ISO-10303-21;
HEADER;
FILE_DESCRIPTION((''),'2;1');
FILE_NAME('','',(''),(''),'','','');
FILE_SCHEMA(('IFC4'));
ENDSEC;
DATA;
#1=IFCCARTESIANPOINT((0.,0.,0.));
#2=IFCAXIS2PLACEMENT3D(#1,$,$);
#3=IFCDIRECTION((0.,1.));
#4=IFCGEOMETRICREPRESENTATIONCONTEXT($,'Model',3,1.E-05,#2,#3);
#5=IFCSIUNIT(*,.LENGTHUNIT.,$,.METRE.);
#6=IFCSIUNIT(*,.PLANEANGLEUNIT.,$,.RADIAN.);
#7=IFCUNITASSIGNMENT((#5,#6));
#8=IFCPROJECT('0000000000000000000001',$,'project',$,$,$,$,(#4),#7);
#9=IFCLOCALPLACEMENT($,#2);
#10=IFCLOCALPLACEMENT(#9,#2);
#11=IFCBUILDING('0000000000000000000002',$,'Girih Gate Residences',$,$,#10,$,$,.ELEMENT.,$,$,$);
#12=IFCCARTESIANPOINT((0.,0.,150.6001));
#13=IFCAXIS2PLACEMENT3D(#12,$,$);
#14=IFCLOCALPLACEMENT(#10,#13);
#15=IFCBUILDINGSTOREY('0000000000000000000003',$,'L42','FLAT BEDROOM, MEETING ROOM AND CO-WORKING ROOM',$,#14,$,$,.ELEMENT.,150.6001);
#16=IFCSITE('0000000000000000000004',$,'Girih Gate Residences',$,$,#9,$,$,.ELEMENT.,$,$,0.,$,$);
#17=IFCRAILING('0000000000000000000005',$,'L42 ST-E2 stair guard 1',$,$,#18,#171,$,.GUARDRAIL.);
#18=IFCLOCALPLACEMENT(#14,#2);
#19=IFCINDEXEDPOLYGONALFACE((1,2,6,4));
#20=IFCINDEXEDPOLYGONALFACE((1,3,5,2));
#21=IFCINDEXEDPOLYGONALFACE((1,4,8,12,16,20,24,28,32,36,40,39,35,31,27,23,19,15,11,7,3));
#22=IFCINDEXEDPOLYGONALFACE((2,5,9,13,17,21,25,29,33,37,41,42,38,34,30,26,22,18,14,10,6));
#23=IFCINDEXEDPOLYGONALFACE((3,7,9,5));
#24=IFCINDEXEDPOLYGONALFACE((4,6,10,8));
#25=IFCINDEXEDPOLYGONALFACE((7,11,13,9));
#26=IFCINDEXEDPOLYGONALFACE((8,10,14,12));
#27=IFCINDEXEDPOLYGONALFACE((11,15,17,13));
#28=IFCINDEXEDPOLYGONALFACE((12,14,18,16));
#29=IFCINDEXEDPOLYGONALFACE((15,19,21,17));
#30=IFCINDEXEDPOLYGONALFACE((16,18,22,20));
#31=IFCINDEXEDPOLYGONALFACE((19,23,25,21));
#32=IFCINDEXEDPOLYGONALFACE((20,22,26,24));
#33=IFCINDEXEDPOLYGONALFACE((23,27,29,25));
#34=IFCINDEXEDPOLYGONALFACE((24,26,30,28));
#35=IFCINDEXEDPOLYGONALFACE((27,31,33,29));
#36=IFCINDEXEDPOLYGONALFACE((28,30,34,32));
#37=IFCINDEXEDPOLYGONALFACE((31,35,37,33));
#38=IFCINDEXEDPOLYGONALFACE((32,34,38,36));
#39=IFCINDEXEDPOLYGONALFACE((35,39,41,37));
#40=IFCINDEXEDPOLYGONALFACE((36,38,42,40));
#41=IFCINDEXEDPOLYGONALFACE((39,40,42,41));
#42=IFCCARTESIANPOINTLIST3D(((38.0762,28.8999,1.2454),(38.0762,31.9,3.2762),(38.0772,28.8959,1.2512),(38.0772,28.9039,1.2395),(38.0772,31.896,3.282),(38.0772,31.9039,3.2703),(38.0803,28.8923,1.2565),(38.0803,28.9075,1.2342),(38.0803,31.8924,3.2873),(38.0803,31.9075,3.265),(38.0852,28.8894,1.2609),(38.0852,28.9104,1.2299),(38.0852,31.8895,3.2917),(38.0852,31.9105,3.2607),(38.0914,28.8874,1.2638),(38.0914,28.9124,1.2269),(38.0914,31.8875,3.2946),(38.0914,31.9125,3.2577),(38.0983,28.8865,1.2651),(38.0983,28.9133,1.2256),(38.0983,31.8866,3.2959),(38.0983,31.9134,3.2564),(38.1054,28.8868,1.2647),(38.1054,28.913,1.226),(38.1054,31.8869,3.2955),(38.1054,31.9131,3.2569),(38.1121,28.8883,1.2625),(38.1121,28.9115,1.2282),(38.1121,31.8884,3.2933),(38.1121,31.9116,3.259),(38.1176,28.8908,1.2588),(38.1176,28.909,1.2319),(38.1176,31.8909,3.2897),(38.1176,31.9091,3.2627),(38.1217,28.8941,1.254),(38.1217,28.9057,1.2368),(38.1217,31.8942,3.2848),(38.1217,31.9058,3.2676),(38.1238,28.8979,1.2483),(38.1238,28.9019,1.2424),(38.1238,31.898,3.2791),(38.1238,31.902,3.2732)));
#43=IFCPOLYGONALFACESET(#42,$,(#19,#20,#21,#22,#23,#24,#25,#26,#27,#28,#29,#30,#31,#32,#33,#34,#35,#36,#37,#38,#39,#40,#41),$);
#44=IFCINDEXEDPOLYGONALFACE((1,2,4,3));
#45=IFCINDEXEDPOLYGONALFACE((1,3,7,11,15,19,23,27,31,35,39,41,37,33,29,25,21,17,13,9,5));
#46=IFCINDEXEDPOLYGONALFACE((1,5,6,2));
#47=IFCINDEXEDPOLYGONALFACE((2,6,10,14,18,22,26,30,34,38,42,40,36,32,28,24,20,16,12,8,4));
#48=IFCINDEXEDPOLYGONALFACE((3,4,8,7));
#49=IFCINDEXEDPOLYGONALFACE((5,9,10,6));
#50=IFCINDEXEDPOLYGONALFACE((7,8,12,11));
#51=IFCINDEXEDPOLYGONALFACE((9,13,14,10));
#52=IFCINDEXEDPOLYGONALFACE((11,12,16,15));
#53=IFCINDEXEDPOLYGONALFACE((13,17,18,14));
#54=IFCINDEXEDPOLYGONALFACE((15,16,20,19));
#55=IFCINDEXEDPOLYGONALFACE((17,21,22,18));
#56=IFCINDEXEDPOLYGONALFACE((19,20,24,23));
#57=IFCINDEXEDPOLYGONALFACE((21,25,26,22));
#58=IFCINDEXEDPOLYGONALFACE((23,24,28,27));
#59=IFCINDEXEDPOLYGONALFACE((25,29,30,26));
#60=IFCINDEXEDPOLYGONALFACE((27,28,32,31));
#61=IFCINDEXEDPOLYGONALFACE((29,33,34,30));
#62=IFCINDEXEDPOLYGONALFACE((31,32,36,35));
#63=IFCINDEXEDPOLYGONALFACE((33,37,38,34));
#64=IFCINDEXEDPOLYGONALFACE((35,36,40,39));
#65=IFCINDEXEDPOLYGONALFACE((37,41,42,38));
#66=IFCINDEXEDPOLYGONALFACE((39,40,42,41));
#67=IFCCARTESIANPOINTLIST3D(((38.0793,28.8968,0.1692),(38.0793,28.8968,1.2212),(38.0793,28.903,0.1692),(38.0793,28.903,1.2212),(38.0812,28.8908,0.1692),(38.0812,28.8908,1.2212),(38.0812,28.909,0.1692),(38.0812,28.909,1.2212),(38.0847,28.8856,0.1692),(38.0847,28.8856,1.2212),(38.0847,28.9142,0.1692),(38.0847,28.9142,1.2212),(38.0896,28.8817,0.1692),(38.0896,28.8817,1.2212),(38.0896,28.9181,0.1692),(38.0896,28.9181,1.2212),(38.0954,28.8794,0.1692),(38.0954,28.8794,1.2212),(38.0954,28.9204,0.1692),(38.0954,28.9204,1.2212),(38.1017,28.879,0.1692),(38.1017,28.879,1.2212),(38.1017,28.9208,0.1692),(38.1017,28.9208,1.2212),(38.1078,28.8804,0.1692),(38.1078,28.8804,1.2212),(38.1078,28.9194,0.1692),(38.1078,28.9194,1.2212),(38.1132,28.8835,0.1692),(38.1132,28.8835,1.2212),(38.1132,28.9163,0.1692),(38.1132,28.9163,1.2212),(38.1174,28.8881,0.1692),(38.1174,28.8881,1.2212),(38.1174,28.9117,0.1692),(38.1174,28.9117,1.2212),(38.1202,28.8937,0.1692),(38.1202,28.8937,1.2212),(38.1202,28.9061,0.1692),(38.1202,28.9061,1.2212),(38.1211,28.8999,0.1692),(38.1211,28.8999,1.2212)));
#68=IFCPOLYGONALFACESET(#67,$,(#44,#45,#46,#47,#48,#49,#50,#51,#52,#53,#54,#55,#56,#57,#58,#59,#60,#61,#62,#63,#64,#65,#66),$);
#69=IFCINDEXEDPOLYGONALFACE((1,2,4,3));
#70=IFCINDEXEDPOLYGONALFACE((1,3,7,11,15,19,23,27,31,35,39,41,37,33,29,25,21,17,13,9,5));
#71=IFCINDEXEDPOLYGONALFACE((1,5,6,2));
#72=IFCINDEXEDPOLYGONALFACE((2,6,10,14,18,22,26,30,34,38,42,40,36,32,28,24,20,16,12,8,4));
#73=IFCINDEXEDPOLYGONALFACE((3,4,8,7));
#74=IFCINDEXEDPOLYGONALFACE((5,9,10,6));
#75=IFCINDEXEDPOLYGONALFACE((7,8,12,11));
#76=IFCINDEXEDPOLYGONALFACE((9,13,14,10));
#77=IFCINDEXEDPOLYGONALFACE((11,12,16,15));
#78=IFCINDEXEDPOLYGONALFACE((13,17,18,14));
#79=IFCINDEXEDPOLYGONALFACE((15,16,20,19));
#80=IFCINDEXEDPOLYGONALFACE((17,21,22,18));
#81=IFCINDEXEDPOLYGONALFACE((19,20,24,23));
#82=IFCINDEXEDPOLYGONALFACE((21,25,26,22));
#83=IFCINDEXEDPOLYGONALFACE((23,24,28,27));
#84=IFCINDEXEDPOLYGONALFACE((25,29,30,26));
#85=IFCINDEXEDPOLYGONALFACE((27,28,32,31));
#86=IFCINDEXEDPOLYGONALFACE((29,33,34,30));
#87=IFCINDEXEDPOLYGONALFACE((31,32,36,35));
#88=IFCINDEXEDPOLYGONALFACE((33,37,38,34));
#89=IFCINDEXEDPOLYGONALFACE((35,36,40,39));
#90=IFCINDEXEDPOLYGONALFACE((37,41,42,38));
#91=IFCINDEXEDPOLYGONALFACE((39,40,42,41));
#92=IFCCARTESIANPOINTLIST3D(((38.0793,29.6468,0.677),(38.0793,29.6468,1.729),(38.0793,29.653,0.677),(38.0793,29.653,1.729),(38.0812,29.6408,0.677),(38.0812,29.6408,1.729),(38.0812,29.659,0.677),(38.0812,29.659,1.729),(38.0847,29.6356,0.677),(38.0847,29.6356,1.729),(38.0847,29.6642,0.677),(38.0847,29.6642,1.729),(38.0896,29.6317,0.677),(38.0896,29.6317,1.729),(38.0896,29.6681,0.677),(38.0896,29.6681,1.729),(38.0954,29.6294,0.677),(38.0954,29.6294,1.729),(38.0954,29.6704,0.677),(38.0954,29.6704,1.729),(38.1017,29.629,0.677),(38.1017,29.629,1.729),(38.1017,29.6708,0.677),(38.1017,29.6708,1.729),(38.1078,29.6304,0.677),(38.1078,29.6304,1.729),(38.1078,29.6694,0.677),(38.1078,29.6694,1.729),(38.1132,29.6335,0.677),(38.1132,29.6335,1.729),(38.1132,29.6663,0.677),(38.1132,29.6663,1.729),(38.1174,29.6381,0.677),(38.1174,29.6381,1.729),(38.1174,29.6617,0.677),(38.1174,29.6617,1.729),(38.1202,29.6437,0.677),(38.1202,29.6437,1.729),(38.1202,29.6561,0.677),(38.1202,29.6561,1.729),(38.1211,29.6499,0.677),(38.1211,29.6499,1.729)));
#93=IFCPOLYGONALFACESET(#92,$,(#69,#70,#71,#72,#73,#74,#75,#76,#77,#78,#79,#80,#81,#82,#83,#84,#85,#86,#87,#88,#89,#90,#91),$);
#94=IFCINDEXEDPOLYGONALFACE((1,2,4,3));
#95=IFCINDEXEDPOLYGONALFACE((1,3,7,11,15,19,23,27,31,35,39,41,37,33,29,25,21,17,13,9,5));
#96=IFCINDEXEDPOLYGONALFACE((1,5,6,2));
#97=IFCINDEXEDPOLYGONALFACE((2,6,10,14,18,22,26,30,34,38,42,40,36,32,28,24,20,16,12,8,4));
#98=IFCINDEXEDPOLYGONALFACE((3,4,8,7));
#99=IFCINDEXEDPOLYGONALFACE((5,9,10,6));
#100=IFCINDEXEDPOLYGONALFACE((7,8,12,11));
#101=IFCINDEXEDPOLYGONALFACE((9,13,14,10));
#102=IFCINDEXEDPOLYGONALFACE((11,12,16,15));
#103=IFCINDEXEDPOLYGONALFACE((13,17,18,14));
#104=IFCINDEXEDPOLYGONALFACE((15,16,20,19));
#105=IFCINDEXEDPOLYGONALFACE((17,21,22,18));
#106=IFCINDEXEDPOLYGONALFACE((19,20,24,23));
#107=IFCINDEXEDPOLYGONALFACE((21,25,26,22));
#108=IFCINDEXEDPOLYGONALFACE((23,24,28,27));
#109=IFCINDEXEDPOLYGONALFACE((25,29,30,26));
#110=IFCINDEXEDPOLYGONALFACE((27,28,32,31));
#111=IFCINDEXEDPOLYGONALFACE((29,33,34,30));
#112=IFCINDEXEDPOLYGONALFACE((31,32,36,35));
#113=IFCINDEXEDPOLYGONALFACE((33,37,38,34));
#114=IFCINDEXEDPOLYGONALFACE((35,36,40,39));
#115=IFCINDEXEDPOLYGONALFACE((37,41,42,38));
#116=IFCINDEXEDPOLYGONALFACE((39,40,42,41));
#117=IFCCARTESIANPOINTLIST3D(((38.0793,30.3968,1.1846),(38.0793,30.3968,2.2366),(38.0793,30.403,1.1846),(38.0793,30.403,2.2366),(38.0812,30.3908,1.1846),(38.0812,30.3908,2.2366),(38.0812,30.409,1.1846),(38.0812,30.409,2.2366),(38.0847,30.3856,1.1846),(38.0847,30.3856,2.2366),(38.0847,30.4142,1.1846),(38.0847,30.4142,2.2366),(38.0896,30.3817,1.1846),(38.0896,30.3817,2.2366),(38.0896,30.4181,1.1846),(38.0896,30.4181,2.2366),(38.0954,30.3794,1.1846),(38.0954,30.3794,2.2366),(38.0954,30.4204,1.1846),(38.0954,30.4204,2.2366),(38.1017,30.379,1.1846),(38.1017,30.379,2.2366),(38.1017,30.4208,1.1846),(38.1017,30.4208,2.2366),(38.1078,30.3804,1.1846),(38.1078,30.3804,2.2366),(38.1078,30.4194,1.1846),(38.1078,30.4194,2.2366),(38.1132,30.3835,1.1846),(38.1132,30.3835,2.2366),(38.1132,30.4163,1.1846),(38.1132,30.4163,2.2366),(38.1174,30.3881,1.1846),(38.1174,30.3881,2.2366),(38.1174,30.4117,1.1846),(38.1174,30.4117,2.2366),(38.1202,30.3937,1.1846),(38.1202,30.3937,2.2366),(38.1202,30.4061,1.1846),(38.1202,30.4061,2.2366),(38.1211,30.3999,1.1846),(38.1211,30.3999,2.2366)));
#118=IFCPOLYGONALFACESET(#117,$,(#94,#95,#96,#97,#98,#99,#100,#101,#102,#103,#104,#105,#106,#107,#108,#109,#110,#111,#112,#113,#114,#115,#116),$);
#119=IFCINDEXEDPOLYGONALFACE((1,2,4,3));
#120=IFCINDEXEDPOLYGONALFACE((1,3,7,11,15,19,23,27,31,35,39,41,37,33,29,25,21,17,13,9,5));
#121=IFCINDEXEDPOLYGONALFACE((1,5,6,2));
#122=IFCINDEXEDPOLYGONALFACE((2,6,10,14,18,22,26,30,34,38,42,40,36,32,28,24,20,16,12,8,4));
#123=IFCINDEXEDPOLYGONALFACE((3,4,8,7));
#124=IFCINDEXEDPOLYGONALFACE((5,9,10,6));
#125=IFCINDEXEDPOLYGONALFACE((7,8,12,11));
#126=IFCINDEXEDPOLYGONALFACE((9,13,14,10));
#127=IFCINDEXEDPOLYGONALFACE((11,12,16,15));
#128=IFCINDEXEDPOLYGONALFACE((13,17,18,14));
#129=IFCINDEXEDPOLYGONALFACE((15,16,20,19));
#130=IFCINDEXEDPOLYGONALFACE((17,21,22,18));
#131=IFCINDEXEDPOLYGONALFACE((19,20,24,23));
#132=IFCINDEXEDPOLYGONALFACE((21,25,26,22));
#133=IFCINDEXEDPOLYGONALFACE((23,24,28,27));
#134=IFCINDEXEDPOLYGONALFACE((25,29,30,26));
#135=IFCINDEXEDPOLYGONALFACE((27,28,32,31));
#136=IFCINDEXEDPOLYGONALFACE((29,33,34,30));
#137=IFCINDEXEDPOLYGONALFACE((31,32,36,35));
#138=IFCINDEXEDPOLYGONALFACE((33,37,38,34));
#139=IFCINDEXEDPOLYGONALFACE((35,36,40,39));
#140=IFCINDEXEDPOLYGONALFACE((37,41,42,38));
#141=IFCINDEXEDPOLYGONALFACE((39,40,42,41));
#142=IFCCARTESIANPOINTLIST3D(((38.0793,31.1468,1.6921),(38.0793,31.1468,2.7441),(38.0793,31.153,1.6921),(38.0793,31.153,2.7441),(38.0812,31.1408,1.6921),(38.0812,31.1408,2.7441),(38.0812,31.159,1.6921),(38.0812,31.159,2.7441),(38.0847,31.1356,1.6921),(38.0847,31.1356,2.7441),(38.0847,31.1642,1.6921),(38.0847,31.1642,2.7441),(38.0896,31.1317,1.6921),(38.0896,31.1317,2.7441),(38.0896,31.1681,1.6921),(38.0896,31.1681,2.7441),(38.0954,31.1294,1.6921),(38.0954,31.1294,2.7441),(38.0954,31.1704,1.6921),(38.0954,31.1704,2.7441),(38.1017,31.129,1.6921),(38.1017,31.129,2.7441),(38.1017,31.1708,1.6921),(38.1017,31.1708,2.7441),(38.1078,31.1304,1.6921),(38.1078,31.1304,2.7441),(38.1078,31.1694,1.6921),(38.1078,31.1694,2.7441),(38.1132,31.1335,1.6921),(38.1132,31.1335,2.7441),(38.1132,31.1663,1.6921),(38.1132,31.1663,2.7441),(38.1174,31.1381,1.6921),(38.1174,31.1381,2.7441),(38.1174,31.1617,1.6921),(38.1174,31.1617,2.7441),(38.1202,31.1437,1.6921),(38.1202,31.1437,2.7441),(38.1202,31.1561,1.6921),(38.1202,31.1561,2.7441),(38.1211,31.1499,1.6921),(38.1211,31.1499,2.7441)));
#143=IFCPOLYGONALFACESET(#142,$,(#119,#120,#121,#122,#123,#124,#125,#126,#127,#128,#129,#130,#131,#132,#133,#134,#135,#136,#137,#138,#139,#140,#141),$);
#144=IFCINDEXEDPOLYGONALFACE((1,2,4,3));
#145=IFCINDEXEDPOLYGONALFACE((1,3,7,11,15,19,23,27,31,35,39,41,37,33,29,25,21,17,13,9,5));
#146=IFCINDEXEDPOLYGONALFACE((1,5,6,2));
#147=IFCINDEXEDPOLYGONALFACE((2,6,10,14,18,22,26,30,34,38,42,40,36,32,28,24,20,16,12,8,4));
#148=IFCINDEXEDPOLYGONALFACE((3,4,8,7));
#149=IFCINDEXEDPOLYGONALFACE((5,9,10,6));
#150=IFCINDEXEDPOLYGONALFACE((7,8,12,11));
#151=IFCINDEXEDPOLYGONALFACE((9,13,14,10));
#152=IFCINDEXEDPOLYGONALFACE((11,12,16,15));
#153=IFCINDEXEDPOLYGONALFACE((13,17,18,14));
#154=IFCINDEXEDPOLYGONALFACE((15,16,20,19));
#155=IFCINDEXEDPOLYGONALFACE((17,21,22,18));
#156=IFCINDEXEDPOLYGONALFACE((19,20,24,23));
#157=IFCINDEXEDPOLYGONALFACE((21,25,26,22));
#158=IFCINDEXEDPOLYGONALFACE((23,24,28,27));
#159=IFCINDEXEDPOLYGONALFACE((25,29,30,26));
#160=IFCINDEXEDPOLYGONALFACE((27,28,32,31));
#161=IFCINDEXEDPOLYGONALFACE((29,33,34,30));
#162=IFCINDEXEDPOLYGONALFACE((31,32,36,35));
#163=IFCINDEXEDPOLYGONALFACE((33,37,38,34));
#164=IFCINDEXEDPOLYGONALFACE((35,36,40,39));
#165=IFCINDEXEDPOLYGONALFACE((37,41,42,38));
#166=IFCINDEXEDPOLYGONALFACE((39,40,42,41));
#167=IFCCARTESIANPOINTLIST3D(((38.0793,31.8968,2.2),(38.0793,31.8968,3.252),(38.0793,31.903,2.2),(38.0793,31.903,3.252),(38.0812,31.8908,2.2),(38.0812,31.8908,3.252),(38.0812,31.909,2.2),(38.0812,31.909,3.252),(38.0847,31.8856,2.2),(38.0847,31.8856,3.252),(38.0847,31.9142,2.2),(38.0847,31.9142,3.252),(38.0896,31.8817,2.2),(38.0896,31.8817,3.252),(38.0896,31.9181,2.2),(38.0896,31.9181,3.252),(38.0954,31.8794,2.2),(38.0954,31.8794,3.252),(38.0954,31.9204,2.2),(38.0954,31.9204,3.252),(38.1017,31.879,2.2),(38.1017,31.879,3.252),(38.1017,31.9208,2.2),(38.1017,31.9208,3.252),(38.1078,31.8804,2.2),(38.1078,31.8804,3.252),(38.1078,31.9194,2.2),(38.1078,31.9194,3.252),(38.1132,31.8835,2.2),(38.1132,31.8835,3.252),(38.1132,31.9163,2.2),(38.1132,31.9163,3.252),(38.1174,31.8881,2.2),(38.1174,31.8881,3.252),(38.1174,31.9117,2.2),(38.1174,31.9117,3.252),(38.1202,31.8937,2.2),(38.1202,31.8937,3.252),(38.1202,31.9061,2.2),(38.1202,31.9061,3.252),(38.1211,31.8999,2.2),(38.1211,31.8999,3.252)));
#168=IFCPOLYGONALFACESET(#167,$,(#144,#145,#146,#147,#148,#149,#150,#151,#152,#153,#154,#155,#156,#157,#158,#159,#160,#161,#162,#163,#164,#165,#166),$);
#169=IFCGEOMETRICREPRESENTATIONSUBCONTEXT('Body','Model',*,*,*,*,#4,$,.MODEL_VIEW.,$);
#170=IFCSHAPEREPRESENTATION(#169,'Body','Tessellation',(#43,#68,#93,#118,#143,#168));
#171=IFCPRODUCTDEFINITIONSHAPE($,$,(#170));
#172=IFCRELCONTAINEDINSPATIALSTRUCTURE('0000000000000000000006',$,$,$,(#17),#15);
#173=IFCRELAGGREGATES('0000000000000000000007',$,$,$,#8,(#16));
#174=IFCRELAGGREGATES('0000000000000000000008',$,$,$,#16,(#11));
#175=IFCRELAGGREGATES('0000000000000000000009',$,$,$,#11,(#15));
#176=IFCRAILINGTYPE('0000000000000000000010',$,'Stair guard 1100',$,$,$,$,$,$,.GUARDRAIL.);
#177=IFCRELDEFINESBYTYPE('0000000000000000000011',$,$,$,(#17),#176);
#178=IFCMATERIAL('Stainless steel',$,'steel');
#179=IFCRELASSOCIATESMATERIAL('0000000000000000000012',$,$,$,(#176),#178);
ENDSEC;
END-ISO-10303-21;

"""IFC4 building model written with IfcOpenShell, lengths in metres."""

from ifc_helpers import new_model, si_unit, direction, frame, origin, origin_2d, place, context, subcontext, project, spatial, circle, extrude, material, type_object, element, save


model = new_model("IFC4")

# Units and contexts
model_context = context("Model", 3, precision=1e-05, world=origin(), true_north=direction((0.0, 1.0)))
body_context = subcontext(model_context, "Body", "Model", "MODEL_VIEW")
ifc_project = project(units=[si_unit("LENGTHUNIT", "METRE"), si_unit("PLANEANGLEUNIT", "RADIAN")], contexts=[model_context])

# Site, building, storey
site_placement = place(None, origin())
site = spatial("IfcSite", under=ifc_project, at=site_placement, Name="Girih Gate Residences", CompositionType="ELEMENT", RefElevation=0.0)
building_placement = place(site_placement, origin())
building = spatial("IfcBuilding", under=site, at=building_placement, Name="Girih Gate Residences", CompositionType="ELEMENT")
storey_placement = place(building_placement, frame((0.0, 0.0, 150.6001)))
storey = spatial("IfcBuildingStorey", under=building, at=storey_placement, Name="L42", Description="FLAT BEDROOM, MEETING ROOM AND CO-WORKING ROOM", CompositionType="ELEMENT", Elevation=150.6001)

# Railing
ifc_material_1 = material(Name="Stainless steel", Category="steel")
railing_type_1 = type_object("IfcRailingType", Name="Stair guard 1100", PredefinedType="GUARDRAIL", material=ifc_material_1)
railing_1_placement = place(storey_placement, frame((38.1001, 28.8999, 0.1692)))
element("IfcRailing", 1, at=railing_1_placement, inside=storey, type_object=railing_type_1, Name="L42 ST-E2 stair guard 1", PredefinedType="GUARDRAIL", context=body_context, shape_type="SweptSolid", body=[
    extrude(circle(Radius=0.0239, at=origin_2d()), frame((0.0, 0.0, 1.0762), z_axis=(0.0, 0.82811, 0.560565), x_axis=(-1.0, 0.0, 0.0)), (0.0, 0.0, 1.0), 3.6228),
    extrude(circle(Radius=0.021, at=origin_2d()), origin(), (0.0, 0.0, 1.0), 1.052),
    extrude(circle(Radius=0.021, at=origin_2d()), frame((0.0, 0.75, 0.5078)), (0.0, 0.0, 1.0), 1.052),
    extrude(circle(Radius=0.021, at=origin_2d()), frame((0.0, 1.5, 1.0154)), (0.0, 0.0, 1.0), 1.052),
    extrude(circle(Radius=0.021, at=origin_2d()), frame((0.0, 2.25, 1.5229)), (0.0, 0.0, 1.0), 1.052),
    extrude(circle(Radius=0.021, at=origin_2d()), frame((0.0, 3.0, 2.0308)), (0.0, 0.0, 1.0), 1.052),
])

save(model, "model.ifc")
